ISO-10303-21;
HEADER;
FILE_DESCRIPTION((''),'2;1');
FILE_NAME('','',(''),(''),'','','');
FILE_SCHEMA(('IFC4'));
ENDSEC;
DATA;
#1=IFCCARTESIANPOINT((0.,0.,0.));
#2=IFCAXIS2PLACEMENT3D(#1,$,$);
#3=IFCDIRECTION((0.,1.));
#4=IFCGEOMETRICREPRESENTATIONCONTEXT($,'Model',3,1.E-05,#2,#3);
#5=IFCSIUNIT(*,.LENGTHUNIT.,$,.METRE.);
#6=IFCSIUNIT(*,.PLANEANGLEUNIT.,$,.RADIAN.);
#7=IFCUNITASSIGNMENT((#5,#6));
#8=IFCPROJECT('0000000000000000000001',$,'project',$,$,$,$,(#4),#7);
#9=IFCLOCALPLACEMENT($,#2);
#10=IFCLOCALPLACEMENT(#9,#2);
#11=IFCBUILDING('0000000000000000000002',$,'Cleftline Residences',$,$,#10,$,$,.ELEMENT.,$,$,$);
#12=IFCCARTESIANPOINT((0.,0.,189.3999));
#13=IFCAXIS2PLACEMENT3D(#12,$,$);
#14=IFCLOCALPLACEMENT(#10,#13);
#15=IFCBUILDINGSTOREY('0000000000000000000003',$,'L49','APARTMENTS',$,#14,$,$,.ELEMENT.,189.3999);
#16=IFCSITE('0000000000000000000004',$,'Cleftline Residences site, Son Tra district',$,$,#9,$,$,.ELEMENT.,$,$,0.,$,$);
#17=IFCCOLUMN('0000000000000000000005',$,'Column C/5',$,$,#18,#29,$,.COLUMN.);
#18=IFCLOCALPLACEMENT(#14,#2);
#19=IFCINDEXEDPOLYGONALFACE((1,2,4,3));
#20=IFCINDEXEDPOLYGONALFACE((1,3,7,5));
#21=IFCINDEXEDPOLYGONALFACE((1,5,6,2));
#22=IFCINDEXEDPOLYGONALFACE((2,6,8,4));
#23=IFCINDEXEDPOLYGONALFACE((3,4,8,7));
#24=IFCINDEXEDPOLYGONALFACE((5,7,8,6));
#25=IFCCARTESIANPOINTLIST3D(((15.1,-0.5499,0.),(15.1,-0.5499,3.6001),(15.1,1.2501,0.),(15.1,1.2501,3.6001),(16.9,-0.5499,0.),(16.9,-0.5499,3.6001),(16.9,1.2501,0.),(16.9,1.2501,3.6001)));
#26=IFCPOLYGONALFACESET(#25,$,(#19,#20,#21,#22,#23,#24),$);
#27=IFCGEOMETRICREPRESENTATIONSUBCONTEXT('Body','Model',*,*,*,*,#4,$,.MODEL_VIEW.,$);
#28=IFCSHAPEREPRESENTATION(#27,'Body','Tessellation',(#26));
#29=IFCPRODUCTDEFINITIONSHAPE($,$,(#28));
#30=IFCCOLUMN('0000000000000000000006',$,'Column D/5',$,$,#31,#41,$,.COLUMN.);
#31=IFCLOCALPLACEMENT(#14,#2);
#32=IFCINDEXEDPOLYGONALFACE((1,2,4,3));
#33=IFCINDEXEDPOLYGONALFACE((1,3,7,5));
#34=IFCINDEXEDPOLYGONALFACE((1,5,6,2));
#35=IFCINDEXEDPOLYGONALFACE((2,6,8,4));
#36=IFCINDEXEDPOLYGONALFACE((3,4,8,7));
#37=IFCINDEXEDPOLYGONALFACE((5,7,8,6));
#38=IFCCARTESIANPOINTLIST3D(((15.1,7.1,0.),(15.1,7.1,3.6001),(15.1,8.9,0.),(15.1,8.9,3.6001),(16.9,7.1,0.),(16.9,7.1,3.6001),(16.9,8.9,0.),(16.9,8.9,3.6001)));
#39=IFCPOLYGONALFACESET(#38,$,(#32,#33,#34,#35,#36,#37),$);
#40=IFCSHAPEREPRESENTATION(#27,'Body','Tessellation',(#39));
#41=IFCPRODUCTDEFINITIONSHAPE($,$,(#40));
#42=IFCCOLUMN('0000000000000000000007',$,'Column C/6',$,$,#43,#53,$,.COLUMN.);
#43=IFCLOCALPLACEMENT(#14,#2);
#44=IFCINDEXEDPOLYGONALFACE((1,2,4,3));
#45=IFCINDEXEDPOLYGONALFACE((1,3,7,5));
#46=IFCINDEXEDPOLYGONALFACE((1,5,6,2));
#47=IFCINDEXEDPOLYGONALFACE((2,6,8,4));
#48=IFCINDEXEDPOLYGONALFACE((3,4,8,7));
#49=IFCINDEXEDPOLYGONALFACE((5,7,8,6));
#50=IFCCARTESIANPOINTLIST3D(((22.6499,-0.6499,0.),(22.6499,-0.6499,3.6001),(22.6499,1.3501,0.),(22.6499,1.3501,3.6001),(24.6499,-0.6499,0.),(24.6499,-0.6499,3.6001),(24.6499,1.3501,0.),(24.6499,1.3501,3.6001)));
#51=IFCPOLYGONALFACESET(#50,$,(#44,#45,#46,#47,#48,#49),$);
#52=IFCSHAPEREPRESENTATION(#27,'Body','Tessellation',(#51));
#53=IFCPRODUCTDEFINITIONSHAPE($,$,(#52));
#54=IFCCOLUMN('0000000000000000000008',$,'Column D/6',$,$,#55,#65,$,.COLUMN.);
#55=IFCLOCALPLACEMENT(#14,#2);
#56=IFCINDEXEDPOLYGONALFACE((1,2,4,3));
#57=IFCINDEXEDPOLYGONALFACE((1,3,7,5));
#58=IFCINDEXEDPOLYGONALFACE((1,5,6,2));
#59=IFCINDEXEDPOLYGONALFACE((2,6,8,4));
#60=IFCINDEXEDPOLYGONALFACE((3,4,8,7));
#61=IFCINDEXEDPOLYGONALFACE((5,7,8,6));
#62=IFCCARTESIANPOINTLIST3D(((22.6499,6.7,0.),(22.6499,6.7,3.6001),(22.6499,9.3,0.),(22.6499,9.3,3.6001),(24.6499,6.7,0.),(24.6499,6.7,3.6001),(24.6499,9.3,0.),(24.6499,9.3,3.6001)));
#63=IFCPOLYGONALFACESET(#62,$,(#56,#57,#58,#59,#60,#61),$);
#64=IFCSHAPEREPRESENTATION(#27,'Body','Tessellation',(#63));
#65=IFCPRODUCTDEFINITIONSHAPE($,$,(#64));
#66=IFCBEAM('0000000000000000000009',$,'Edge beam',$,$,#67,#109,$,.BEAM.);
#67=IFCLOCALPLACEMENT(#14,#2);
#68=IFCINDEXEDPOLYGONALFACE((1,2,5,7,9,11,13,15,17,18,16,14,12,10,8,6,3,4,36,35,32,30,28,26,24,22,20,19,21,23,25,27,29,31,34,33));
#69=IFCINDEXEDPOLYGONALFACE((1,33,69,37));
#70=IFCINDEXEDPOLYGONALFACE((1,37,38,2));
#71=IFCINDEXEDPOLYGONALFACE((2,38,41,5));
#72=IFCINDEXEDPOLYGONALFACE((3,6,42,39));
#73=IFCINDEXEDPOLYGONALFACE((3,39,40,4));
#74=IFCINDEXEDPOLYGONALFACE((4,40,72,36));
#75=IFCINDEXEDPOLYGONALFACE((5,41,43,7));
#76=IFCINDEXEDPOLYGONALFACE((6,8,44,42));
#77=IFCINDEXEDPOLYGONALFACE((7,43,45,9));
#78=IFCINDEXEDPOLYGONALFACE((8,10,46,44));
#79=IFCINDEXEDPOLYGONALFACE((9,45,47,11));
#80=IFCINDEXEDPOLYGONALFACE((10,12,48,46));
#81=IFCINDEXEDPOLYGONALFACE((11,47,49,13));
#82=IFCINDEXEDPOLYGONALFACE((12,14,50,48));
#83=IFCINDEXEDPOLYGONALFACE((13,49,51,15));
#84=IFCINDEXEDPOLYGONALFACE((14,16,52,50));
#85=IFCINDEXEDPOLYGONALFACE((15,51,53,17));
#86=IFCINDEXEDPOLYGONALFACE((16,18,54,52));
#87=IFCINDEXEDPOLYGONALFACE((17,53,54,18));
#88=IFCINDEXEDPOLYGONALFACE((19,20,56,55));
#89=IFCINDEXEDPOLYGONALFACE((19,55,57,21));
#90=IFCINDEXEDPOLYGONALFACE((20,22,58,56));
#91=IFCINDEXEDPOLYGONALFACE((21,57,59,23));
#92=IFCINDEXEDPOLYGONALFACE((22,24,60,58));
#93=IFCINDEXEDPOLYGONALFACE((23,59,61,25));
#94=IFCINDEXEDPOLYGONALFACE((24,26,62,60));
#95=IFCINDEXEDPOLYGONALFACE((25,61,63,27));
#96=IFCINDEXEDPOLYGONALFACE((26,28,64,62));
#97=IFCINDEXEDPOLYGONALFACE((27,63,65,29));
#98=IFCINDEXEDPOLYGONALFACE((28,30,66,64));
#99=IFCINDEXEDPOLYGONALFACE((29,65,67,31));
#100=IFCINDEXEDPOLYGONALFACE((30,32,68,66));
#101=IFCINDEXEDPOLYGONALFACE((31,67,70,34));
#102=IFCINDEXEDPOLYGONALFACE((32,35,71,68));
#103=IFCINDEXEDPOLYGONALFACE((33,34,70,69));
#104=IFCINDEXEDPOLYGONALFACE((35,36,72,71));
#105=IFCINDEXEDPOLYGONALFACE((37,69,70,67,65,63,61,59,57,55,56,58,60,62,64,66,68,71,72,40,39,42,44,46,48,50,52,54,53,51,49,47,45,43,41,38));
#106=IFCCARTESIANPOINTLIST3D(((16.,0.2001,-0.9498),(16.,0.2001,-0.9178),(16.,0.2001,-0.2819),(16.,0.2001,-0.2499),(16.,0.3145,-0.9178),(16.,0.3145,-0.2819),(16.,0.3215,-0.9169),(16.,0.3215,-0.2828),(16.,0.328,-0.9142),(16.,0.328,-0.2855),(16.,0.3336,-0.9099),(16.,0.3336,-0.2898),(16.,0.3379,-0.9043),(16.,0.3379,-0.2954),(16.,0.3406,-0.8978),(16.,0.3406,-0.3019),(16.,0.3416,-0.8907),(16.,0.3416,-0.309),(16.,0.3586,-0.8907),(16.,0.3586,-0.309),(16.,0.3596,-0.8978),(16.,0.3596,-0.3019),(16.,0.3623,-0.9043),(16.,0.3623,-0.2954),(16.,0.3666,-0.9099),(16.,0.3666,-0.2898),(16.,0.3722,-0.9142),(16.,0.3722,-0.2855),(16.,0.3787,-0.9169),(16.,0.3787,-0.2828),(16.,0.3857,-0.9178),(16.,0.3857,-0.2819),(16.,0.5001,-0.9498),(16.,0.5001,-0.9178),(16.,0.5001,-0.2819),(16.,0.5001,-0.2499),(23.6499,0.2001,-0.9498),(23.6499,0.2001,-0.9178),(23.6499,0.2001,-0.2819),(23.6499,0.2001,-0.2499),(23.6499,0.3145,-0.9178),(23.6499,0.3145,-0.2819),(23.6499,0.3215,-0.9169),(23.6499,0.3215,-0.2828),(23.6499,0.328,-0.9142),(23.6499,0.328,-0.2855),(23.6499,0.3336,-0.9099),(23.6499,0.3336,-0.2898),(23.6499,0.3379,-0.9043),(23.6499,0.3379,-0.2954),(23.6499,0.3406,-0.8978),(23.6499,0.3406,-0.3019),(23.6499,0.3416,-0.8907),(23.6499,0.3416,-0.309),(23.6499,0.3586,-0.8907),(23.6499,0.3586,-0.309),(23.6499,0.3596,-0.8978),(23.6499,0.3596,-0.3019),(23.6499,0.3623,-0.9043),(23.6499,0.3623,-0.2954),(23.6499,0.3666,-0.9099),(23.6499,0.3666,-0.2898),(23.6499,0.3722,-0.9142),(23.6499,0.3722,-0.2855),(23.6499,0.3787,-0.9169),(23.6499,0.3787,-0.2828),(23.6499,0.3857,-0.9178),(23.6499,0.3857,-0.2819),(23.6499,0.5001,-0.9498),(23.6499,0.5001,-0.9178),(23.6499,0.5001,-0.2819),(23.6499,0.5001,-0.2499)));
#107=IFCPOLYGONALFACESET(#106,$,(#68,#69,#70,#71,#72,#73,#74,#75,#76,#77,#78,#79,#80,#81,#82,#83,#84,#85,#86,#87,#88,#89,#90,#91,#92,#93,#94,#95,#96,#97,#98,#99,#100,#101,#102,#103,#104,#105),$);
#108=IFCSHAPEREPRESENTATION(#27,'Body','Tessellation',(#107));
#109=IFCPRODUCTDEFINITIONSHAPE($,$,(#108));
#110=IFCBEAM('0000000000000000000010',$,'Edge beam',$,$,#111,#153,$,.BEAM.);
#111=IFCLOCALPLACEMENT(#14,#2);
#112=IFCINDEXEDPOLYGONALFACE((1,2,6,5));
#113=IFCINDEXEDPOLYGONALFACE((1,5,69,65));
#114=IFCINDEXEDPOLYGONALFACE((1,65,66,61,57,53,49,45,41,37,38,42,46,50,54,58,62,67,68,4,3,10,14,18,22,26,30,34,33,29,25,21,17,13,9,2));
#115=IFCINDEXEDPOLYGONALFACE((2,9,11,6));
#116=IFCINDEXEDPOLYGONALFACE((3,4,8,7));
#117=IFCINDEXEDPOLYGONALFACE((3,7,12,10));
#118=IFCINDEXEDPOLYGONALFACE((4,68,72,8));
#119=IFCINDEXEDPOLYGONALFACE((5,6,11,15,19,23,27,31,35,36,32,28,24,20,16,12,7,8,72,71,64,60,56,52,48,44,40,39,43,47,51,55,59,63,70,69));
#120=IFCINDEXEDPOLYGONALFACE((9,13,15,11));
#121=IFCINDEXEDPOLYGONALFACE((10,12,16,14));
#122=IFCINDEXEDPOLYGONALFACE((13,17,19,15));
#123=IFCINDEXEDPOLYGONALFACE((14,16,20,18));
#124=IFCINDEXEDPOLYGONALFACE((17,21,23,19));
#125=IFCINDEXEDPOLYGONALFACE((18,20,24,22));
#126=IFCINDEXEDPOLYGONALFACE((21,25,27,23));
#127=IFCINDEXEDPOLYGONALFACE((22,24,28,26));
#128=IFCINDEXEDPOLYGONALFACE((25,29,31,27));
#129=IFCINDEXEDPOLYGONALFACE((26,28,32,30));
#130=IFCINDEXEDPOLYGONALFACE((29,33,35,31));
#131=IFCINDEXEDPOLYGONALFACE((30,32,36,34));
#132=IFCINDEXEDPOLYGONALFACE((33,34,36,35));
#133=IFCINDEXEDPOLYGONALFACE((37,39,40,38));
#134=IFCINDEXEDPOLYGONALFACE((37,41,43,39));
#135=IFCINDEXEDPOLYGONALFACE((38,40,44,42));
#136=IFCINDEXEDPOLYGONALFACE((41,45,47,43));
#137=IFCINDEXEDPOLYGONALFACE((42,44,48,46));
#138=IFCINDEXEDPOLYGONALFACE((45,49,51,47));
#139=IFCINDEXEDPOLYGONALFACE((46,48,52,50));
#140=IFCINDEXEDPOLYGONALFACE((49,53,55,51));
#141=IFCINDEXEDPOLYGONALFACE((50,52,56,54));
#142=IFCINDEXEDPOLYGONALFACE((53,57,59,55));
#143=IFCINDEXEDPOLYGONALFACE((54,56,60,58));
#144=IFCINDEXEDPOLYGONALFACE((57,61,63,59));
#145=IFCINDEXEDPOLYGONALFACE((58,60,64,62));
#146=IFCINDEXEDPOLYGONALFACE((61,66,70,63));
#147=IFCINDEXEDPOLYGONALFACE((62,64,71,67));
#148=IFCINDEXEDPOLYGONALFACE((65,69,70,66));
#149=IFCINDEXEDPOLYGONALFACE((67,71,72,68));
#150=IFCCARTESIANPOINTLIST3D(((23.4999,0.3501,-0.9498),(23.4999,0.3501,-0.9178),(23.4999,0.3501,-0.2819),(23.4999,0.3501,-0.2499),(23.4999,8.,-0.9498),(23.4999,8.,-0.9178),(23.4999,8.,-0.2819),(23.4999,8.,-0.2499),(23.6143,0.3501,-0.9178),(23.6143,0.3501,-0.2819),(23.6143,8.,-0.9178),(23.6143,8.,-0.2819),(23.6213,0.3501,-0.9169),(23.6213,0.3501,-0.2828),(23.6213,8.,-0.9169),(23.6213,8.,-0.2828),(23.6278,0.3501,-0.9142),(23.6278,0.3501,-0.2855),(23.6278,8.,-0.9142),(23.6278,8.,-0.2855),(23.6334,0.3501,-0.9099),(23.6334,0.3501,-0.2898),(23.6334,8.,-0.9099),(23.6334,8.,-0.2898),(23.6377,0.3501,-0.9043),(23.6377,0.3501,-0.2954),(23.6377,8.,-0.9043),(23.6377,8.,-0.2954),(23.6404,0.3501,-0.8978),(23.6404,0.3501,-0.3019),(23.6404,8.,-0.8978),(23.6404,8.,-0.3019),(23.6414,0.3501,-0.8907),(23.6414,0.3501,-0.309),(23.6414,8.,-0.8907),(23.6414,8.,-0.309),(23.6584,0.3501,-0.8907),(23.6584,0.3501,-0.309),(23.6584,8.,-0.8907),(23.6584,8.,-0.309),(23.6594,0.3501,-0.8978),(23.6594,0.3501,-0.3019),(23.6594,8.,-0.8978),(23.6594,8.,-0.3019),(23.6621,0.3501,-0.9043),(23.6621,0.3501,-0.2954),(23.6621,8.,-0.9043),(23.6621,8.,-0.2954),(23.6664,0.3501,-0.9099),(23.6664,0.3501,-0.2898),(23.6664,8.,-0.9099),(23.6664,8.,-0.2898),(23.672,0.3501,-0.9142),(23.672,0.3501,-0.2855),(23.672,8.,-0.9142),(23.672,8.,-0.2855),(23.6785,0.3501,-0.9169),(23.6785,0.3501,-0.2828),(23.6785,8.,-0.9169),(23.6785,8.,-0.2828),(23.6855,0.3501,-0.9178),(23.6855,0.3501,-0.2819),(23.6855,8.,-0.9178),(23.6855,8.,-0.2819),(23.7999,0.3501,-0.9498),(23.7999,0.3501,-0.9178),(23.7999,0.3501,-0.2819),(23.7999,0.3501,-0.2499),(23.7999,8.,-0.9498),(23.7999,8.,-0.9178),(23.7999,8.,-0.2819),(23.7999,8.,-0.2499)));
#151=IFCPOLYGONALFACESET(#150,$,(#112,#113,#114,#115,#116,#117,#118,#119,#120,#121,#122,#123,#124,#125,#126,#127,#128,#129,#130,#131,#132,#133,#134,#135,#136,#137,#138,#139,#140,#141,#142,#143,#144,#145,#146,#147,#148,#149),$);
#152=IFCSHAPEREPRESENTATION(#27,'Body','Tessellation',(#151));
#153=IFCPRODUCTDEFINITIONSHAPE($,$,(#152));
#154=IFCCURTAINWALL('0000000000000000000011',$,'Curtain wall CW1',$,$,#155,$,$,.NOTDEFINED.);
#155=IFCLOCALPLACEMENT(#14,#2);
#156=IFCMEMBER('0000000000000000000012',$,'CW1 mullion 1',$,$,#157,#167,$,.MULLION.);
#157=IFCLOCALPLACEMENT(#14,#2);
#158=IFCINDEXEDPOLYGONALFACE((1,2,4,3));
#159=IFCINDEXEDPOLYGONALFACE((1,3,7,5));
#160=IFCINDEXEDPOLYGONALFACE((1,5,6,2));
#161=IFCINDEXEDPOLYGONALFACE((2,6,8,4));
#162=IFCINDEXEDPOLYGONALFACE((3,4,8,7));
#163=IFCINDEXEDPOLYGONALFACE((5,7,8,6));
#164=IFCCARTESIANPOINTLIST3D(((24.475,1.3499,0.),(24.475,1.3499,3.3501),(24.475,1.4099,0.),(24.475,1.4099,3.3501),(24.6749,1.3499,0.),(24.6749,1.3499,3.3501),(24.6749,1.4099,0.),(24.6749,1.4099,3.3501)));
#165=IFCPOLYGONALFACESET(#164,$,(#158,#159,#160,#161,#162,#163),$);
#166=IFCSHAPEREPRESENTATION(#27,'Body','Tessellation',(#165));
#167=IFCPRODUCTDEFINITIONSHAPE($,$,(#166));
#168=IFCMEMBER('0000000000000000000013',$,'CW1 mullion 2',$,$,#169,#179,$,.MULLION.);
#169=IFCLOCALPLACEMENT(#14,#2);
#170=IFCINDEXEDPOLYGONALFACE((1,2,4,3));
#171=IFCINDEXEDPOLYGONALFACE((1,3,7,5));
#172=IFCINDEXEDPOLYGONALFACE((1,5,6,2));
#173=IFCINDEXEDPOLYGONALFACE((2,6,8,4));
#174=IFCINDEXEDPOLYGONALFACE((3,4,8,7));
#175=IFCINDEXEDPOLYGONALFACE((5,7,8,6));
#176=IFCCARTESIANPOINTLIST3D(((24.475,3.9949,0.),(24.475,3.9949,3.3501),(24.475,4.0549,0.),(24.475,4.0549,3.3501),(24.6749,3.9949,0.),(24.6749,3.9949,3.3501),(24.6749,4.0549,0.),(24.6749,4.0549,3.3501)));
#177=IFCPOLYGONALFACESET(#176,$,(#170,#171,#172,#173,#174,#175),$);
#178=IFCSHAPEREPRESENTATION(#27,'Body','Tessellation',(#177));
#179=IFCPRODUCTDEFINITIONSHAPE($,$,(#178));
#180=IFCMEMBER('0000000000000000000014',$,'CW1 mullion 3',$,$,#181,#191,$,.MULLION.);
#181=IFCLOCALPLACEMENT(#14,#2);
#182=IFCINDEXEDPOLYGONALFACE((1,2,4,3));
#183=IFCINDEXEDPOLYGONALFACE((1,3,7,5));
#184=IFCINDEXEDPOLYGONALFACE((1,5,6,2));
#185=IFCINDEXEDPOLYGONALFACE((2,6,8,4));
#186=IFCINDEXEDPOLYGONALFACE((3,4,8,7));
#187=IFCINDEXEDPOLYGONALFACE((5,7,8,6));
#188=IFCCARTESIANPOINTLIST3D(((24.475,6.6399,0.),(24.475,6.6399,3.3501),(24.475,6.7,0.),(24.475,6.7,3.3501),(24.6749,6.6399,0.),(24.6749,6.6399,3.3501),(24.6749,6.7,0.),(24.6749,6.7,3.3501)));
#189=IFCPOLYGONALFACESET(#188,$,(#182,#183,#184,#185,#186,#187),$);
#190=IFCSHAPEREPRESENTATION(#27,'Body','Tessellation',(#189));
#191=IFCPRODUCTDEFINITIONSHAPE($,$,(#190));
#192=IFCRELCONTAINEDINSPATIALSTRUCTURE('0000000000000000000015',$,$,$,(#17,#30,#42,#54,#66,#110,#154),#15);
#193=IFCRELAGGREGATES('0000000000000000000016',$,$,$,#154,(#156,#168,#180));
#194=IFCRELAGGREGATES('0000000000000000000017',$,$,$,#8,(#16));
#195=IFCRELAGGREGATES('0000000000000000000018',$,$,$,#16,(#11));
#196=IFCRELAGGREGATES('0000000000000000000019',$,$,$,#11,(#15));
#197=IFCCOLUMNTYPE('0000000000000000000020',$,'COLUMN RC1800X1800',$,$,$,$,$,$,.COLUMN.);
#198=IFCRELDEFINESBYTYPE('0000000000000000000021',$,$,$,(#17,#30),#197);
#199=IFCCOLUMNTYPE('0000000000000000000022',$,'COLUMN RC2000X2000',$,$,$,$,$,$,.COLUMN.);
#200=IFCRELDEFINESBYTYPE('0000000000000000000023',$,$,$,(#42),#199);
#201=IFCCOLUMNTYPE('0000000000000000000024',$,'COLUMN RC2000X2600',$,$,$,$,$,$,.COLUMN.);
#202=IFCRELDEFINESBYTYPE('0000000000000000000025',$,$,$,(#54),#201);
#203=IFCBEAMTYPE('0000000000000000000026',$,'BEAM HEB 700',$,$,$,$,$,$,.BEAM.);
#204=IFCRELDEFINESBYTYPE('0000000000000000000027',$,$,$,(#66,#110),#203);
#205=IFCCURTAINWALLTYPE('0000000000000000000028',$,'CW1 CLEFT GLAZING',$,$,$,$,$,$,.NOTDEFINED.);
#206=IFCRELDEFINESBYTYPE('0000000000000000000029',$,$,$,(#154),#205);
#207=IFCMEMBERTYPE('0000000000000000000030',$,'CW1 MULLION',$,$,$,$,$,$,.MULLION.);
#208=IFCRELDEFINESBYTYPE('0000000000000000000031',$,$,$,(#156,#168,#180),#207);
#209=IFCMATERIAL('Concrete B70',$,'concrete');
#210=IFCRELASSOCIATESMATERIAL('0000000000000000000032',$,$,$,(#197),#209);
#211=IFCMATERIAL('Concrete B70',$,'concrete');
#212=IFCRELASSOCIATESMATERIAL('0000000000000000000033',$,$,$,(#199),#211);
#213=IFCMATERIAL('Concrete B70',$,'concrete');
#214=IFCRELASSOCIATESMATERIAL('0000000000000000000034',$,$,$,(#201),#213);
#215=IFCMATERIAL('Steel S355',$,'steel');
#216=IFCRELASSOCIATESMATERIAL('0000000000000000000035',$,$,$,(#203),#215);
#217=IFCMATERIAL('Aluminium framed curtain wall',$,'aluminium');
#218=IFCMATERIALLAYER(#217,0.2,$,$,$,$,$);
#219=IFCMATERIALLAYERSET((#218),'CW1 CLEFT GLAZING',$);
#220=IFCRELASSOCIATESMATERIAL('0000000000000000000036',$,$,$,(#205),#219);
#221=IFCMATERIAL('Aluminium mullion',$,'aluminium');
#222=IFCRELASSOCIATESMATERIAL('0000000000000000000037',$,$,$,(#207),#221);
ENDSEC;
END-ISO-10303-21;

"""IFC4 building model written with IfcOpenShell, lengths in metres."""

from ifc_helpers import new_model, si_unit, direction, frame, origin, origin_2d, place, context, subcontext, project, spatial, rectangle, i_section, extrude, material, layer, layer_set, material_profile, profile_set, type_object, element, aggregate, save


model = new_model("IFC4")

# Units and contexts
model_context = context("Model", 3, precision=1e-05, world=origin(), true_north=direction((0.0, 1.0)))
body_context = subcontext(model_context, "Body", "Model", "MODEL_VIEW")
ifc_project = project(units=[si_unit("LENGTHUNIT", "METRE"), si_unit("PLANEANGLEUNIT", "RADIAN")], contexts=[model_context])

# Site, building, storey
site_placement = place(None, origin())
site = spatial("IfcSite", under=ifc_project, at=site_placement, Name="Cleftline Residences site, Son Tra district", CompositionType="ELEMENT", RefElevation=0.0)
building_placement = place(site_placement, origin())
building = spatial("IfcBuilding", under=site, at=building_placement, Name="Cleftline Residences", CompositionType="ELEMENT")
storey_placement = place(building_placement, frame((0.0, 0.0, 189.3999)))
storey = spatial("IfcBuildingStorey", under=building, at=storey_placement, Name="L49", Description="APARTMENTS", CompositionType="ELEMENT", Elevation=189.3999)

# Columns
ifc_material_1 = material(Name="Concrete B70", Category="concrete")
ifc_material_profile_1 = material_profile(ifc_material_1, rectangle(XDim=1.8, YDim=1.8, at=origin_2d()))
ifc_profile_set_1 = profile_set([ifc_material_profile_1], Name="Concrete B70")
column_type_1 = type_object("IfcColumnType", Name="COLUMN RC1800X1800", PredefinedType="COLUMN", material=ifc_profile_set_1)
for number, where, z_axis, x_axis, name in (
    (1, (16.0, 0.3501, 0.0), (0.0, 0.0, 1.0), (1.0, 0.0, 0.0), "Column C/5"),
    (2, (16.0, 8.0, 0.0), (0.0, 0.0, 1.0), (1.0, 0.0, 0.0), "Column D/5"),
):
    element("IfcColumn", number, at=place(storey_placement, frame(where, z_axis=z_axis, x_axis=x_axis)), inside=storey, type_object=column_type_1, Name=name, PredefinedType="COLUMN", context=body_context, shape_type="SweptSolid", body=[
        extrude(rectangle(XDim=1.8, YDim=1.8, at=origin_2d()), origin(), (0.0, 0.0, 1.0), 3.6001),
    ])
ifc_material_2 = material(Name="Concrete B70", Category="concrete")
ifc_material_profile_2 = material_profile(ifc_material_2, rectangle(XDim=2.0, YDim=2.0, at=origin_2d()))
ifc_profile_set_2 = profile_set([ifc_material_profile_2], Name="Concrete B70")
column_type_2 = type_object("IfcColumnType", Name="COLUMN RC2000X2000", PredefinedType="COLUMN", material=ifc_profile_set_2)
column_1_placement = place(storey_placement, frame((23.6499, 0.3501, 0.0), z_axis=(0.0, 0.0, 1.0), x_axis=(1.0, 0.0, 0.0)))
element("IfcColumn", 3, at=column_1_placement, inside=storey, type_object=column_type_2, Name="Column C/6", PredefinedType="COLUMN", context=body_context, shape_type="SweptSolid", body=[
    extrude(rectangle(XDim=2.0, YDim=2.0, at=origin_2d()), origin(), (0.0, 0.0, 1.0), 3.6001),
])
ifc_material_3 = material(Name="Concrete B70", Category="concrete")
ifc_material_profile_3 = material_profile(ifc_material_3, rectangle(XDim=2.0, YDim=2.6001, at=origin_2d()))
ifc_profile_set_3 = profile_set([ifc_material_profile_3], Name="Concrete B70")
column_type_3 = type_object("IfcColumnType", Name="COLUMN RC2000X2600", PredefinedType="COLUMN", material=ifc_profile_set_3)
column_2_placement = place(storey_placement, frame((23.6499, 8.0, 0.0), z_axis=(0.0, 0.0, 1.0), x_axis=(1.0, 0.0, 0.0)))
element("IfcColumn", 4, at=column_2_placement, inside=storey, type_object=column_type_3, Name="Column D/6", PredefinedType="COLUMN", context=body_context, shape_type="SweptSolid", body=[
    extrude(rectangle(XDim=2.0, YDim=2.6001, at=origin_2d()), origin(), (0.0, 0.0, 1.0), 3.6001),
])

# Beams
ifc_material_4 = material(Name="Steel S355", Category="steel")
ifc_material_profile_4 = material_profile(ifc_material_4, i_section(OverallWidth=0.3, OverallDepth=0.7, WebThickness=0.0171, FlangeThickness=0.032, FilletRadius=0.0271, at=origin_2d()))
ifc_profile_set_4 = profile_set([ifc_material_profile_4], Name="Steel S355")
beam_type = type_object("IfcBeamType", Name="BEAM HEB 700", PredefinedType="BEAM", material=ifc_profile_set_4)
for number, where, z_axis, x_axis, name in (
    (5, (16.0, 0.3501, -0.5999), (1.0, 0.0, 0.0), (0.0, 1.0, 0.0), "Edge beam"),
    (6, (23.6499, 0.3501, -0.5999), (0.0, 1.0, 0.0), (-1.0, 0.0, 0.0), "Edge beam"),
):
    element("IfcBeam", number, at=place(storey_placement, frame(where, z_axis=z_axis, x_axis=x_axis)), inside=storey, type_object=beam_type, Name=name, PredefinedType="BEAM", context=body_context, shape_type="SweptSolid", body=[
        extrude(i_section(OverallWidth=0.3, OverallDepth=0.7, WebThickness=0.0171, FlangeThickness=0.032, FilletRadius=0.0271, at=origin_2d()), origin(), (0.0, 0.0, 1.0), 7.6499),
    ])

# Curtain wall, members
ifc_material_5 = material(Name="Aluminium framed curtain wall", Category="aluminium")
ifc_layer_1 = layer(ifc_material_5, 0.2)
ifc_layer_set_1 = layer_set([ifc_layer_1], Name="CW1 CLEFT GLAZING")
curtain_wall_type = type_object("IfcCurtainWallType", Name="CW1 CLEFT GLAZING", PredefinedType="NOTDEFINED", material=ifc_layer_set_1)
curtain_wall_1_placement = place(storey_placement, origin())
curtain_wall_1 = element("IfcCurtainWall", 7, at=curtain_wall_1_placement, inside=storey, type_object=curtain_wall_type, Name="Curtain wall CW1", PredefinedType="NOTDEFINED")
ifc_material_6 = material(Name="Aluminium mullion", Category="aluminium")
ifc_material_profile_5 = material_profile(ifc_material_6, rectangle(XDim=0.2, YDim=0.0601, at=origin_2d()))
ifc_profile_set_5 = profile_set([ifc_material_profile_5], Name="Aluminium mullion")
member_type_1 = type_object("IfcMemberType", Name="CW1 MULLION", PredefinedType="MULLION", material=ifc_profile_set_5)
member_1_placement = place(storey_placement, frame((24.575, 1.3799, 0.0), z_axis=(0.0, 0.0, 1.0), x_axis=(-1.0, 0.0, 0.0)))
member_1 = element("IfcMember", 8, at=member_1_placement, type_object=member_type_1, Name="CW1 mullion 1", PredefinedType="MULLION", context=body_context, shape_type="SweptSolid", body=[
    extrude(rectangle(XDim=0.2, YDim=0.0601, at=origin_2d()), origin(), (0.0, 0.0, 1.0), 3.3501),
])
member_2_placement = place(storey_placement, frame((24.575, 4.0249, 0.0), z_axis=(0.0, 0.0, 1.0), x_axis=(-1.0, 0.0, 0.0)))
member_2 = element("IfcMember", 9, at=member_2_placement, type_object=member_type_1, Name="CW1 mullion 2", PredefinedType="MULLION", context=body_context, shape_type="SweptSolid", body=[
    extrude(rectangle(XDim=0.2, YDim=0.0601, at=origin_2d()), origin(), (0.0, 0.0, 1.0), 3.3501),
])
member_3_placement = place(storey_placement, frame((24.575, 6.6699, 0.0), z_axis=(0.0, 0.0, 1.0), x_axis=(-1.0, 0.0, 0.0)))
member_3 = element("IfcMember", 10, at=member_3_placement, type_object=member_type_1, Name="CW1 mullion 3", PredefinedType="MULLION", context=body_context, shape_type="SweptSolid", body=[
    extrude(rectangle(XDim=0.2, YDim=0.0601, at=origin_2d()), origin(), (0.0, 0.0, 1.0), 3.3501),
])

aggregate(curtain_wall_1, [member_1, member_2, member_3])

save(model, "model.ifc")
